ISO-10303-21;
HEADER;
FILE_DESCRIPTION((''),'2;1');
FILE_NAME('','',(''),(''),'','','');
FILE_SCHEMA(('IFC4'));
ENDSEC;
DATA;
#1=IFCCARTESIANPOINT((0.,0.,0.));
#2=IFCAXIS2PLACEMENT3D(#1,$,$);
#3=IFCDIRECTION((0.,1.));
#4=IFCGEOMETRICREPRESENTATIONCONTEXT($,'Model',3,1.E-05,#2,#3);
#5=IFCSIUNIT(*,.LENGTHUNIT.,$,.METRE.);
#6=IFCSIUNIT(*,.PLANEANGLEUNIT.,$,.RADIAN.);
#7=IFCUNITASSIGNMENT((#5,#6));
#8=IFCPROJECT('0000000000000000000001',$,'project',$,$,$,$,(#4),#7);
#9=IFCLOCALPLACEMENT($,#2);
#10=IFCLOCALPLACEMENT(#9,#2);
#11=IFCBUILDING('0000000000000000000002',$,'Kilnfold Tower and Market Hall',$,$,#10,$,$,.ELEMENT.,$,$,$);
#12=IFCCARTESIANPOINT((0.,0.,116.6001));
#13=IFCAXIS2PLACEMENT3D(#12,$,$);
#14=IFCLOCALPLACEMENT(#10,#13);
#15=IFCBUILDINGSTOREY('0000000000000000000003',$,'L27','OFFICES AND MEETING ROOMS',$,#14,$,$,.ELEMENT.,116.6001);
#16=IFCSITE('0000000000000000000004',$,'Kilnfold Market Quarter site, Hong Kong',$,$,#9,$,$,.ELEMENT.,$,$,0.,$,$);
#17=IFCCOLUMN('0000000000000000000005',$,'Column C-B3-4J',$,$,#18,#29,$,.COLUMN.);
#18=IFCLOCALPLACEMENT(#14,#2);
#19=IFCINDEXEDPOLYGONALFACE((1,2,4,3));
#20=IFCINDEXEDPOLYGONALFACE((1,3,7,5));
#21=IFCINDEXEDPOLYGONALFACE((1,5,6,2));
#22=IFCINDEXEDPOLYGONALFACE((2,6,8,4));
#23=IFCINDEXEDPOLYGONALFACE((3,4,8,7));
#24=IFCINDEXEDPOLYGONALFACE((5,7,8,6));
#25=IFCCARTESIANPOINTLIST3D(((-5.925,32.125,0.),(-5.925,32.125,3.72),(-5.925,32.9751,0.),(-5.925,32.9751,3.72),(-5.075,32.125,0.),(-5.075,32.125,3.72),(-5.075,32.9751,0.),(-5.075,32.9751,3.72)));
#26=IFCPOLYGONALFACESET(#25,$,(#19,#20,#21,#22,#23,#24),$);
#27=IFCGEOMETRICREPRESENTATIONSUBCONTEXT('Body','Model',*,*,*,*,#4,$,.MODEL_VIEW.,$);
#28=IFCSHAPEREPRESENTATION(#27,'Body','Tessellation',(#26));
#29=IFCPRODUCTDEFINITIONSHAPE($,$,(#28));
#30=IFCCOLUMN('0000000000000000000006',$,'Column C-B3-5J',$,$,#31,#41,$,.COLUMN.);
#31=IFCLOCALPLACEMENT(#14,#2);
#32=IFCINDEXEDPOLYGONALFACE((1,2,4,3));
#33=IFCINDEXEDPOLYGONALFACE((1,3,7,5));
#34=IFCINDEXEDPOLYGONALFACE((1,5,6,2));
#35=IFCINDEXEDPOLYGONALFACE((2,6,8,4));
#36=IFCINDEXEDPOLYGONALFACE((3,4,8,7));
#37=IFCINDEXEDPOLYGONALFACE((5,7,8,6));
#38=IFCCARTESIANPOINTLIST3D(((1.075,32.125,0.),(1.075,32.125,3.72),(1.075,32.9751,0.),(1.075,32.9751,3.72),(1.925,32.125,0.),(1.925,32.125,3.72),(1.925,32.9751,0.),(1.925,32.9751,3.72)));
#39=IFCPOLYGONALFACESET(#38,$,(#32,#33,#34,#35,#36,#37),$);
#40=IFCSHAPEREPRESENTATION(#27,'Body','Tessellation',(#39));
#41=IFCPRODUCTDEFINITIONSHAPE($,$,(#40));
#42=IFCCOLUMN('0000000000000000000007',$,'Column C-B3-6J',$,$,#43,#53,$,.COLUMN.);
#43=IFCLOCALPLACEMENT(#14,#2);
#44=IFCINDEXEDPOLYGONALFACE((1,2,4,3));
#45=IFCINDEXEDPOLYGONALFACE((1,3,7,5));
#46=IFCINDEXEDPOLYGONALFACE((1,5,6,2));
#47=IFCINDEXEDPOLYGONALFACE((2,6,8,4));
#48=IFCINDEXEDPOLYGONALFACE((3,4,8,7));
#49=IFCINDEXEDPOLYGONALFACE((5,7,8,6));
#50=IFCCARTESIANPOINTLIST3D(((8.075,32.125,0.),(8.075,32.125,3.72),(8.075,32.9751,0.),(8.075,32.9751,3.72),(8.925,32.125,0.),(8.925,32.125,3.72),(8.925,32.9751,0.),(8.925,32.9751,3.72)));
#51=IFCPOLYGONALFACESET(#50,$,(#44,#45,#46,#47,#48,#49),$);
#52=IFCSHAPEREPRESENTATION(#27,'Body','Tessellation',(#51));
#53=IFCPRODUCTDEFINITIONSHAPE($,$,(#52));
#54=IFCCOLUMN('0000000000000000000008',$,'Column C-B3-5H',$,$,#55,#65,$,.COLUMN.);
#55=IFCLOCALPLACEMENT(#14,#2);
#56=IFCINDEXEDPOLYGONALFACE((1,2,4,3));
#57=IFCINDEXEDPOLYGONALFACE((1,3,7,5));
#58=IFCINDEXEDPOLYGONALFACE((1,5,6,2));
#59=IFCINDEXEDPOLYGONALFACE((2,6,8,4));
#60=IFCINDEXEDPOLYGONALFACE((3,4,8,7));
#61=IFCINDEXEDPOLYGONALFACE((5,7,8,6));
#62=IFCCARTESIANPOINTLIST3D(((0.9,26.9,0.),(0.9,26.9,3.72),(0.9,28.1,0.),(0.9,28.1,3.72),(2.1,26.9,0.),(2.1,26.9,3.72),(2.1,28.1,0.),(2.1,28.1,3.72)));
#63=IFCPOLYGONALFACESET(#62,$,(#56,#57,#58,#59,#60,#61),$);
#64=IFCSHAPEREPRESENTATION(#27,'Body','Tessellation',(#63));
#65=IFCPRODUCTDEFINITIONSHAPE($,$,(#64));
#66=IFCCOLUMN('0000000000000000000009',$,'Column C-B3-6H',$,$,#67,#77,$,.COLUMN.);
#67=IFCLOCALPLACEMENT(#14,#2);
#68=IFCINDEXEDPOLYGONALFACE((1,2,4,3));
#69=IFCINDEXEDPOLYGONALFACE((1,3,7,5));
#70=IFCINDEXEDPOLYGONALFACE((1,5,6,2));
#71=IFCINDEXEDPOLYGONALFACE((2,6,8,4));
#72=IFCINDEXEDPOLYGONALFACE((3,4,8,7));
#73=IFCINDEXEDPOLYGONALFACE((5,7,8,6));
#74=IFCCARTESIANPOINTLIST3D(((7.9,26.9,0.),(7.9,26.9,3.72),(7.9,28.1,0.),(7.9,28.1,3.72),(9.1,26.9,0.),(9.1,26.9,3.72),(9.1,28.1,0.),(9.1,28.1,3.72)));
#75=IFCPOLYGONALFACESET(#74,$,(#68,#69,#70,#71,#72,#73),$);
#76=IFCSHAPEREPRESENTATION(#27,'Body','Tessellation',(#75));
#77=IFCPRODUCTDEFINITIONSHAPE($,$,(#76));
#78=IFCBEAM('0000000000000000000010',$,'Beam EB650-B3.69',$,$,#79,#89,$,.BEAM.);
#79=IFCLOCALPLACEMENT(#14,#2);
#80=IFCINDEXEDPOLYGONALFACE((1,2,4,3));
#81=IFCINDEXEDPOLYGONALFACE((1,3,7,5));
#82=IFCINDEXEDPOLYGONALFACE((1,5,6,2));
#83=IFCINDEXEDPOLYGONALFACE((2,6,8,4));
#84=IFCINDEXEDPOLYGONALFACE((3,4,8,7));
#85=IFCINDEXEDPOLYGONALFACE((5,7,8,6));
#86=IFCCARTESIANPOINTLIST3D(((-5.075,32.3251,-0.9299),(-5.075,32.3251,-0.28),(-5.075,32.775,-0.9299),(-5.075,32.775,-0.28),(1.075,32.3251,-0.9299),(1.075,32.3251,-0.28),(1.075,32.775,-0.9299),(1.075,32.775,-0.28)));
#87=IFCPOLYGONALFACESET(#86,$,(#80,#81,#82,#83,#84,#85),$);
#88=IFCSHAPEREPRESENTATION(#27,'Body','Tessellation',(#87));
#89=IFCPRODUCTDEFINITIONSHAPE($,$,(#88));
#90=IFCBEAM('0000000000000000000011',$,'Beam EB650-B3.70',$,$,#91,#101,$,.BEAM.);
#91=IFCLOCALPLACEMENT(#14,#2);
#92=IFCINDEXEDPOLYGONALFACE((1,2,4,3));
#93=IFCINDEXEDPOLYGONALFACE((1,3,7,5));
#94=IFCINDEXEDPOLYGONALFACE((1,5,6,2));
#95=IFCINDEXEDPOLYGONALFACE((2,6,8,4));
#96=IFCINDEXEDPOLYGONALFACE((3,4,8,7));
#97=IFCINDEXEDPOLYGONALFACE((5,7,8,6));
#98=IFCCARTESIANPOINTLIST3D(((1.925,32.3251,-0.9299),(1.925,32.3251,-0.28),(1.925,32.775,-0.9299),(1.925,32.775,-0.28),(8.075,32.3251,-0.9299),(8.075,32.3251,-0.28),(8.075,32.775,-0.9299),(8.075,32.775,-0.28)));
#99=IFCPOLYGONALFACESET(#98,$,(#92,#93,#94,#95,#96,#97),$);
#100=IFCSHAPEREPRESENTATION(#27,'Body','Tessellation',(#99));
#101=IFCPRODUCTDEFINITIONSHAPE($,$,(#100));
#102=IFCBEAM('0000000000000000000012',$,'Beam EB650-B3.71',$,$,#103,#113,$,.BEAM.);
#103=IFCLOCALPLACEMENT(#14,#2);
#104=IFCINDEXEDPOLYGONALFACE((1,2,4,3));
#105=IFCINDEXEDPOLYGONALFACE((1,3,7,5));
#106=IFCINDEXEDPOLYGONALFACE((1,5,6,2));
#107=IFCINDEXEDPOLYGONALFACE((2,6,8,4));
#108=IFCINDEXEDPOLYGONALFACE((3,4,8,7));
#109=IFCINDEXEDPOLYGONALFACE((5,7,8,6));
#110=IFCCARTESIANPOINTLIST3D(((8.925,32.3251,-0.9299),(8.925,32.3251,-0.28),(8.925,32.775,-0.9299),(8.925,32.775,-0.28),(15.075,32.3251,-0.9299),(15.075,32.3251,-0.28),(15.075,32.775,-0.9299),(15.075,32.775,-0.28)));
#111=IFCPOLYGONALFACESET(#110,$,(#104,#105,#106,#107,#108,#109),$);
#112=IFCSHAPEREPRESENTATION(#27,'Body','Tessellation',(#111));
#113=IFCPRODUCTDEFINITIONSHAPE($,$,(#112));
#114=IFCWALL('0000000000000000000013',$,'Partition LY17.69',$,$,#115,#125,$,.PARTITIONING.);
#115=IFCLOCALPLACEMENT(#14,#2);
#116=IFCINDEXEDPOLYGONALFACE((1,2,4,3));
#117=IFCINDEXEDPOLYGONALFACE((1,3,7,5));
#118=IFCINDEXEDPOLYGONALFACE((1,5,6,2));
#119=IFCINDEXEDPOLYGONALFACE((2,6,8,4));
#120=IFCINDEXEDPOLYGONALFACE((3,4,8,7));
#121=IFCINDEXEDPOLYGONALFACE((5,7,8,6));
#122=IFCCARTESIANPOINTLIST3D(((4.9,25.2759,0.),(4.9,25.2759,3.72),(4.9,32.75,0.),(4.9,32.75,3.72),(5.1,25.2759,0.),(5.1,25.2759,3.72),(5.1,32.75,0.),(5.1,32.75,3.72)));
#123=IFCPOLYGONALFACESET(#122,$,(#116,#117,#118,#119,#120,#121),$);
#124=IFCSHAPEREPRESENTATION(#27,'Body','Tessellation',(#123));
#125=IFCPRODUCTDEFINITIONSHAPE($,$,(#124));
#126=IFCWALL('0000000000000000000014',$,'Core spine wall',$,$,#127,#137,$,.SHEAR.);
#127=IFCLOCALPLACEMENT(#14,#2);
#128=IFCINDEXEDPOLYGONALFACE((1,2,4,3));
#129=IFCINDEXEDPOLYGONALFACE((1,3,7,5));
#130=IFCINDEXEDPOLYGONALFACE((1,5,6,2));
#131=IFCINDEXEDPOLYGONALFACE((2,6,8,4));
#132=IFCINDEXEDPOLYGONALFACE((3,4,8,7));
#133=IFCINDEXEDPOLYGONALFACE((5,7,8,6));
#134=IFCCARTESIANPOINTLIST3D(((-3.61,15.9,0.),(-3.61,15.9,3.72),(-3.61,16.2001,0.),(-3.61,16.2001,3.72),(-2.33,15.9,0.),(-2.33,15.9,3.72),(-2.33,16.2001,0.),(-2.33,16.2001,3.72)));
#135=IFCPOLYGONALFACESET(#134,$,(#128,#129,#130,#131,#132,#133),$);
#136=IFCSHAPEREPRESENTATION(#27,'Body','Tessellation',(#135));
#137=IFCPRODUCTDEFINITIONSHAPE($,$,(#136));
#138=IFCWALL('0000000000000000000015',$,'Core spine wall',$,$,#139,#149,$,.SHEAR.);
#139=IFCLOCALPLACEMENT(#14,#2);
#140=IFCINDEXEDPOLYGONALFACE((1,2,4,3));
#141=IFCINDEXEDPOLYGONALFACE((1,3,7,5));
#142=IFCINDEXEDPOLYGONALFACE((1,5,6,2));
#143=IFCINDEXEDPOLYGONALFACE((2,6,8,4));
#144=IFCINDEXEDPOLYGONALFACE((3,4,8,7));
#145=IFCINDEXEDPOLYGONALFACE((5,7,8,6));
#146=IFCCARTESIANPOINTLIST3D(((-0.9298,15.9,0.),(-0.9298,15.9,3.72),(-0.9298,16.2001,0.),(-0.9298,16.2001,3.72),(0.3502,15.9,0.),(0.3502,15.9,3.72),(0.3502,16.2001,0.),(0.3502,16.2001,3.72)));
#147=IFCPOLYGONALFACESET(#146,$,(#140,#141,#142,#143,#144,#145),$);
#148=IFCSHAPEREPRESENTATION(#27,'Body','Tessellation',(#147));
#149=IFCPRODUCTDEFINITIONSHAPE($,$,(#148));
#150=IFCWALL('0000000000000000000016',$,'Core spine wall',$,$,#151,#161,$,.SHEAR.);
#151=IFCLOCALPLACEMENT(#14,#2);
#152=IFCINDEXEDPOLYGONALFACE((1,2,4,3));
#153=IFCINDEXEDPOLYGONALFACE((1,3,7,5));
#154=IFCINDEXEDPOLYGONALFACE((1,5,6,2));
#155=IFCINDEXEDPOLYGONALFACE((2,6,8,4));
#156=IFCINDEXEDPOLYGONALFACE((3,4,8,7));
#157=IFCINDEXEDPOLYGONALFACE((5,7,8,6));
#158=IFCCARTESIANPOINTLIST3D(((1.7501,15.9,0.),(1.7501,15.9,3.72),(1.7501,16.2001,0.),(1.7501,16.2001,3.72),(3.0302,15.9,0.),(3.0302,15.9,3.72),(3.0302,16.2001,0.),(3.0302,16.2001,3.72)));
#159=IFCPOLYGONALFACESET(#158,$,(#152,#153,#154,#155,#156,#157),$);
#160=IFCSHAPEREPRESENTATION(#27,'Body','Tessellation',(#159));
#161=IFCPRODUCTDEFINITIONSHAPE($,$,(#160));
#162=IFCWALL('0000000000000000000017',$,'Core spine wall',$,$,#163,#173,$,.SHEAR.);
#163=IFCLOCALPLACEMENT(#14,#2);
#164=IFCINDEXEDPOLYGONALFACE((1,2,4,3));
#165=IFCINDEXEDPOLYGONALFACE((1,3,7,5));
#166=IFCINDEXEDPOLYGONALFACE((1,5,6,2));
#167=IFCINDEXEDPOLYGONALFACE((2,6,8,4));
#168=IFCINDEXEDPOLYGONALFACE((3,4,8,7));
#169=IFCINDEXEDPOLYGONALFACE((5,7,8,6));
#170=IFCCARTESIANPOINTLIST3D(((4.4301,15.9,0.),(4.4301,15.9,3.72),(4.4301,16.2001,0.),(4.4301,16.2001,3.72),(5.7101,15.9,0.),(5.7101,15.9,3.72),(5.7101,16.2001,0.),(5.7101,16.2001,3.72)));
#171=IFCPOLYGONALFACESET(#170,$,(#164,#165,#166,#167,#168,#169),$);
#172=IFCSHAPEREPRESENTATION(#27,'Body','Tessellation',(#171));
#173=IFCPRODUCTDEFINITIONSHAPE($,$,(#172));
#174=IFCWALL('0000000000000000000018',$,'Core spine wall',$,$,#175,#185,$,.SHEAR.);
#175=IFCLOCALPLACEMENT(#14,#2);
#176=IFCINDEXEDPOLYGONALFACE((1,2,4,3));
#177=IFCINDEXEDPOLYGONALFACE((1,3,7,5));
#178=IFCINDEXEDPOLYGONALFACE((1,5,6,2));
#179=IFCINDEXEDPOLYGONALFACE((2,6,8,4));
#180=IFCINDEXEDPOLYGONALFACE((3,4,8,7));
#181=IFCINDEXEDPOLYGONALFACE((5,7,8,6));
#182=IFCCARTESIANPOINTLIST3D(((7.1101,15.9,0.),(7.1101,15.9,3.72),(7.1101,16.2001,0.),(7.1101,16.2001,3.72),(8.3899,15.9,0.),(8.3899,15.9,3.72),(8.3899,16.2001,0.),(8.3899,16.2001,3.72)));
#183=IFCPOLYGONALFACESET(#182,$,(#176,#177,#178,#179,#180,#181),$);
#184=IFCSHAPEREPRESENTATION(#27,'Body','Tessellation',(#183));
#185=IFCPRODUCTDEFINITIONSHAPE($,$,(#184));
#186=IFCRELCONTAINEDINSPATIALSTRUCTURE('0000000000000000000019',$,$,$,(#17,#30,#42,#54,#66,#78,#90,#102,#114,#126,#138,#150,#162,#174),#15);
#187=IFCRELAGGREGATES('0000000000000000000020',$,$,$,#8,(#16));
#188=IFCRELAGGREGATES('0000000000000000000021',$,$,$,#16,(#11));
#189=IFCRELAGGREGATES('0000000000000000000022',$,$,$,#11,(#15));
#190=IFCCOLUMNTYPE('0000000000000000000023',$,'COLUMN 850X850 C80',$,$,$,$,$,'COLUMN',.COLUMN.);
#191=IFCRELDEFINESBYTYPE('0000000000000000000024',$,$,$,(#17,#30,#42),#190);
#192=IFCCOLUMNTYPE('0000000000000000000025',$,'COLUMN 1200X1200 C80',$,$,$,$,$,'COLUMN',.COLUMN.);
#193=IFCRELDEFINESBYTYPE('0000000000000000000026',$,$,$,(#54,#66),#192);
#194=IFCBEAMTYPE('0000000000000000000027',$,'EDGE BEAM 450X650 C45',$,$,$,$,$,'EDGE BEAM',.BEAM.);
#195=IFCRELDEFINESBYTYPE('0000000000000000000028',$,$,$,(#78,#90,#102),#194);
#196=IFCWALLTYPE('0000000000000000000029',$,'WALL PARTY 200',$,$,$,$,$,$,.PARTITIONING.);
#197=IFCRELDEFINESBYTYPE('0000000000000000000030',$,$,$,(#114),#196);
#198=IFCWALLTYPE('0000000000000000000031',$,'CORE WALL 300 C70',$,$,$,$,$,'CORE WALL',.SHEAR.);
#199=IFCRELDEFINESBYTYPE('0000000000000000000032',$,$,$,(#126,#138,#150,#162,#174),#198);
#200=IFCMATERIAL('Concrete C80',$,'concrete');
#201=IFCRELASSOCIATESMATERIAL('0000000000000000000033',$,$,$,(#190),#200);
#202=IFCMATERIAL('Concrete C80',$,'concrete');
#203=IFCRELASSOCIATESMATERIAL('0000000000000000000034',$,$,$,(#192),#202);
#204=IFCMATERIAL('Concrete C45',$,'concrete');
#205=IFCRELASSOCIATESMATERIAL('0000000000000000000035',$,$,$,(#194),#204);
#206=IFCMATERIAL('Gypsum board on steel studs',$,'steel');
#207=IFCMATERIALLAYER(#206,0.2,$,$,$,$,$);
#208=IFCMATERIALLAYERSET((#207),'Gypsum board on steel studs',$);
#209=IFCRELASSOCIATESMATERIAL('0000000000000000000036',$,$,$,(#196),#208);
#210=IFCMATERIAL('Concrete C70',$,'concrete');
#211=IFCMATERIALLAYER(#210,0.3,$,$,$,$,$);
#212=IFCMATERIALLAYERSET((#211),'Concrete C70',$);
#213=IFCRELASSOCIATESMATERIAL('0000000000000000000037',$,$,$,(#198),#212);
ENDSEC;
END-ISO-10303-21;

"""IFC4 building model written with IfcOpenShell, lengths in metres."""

from ifc_helpers import new_model, si_unit, direction, frame, frame_2d, origin, origin_2d, place, context, subcontext, project, spatial, rectangle, extrude, source, transform, mapped, material, layer, layer_set, material_profile, profile_set, type_object, element, save


model = new_model("IFC4")

# Units and contexts
model_context = context("Model", 3, precision=1e-05, world=origin(), true_north=direction((0.0, 1.0)))
body_context = subcontext(model_context, "Body", "Model", "MODEL_VIEW")
ifc_project = project(units=[si_unit("LENGTHUNIT", "METRE"), si_unit("PLANEANGLEUNIT", "RADIAN")], contexts=[model_context])

# Site, building, storey
site_placement = place(None, origin())
site = spatial("IfcSite", under=ifc_project, at=site_placement, Name="Kilnfold Market Quarter site, Hong Kong", CompositionType="ELEMENT", RefElevation=0.0)
building_placement = place(site_placement, origin())
building = spatial("IfcBuilding", under=site, at=building_placement, Name="Kilnfold Tower and Market Hall", CompositionType="ELEMENT")
storey_placement = place(building_placement, frame((0.0, 0.0, 116.6001)))
storey = spatial("IfcBuildingStorey", under=building, at=storey_placement, Name="L27", Description="OFFICES AND MEETING ROOMS", CompositionType="ELEMENT", Elevation=116.6001)

# Columns
ifc_material_1 = material(Name="Concrete C80", Category="concrete")
ifc_material_profile_1 = material_profile(ifc_material_1, rectangle(XDim=0.8501, YDim=0.8501, at=origin_2d()), Name="RC 850x850")
ifc_profile_set_1 = profile_set([ifc_material_profile_1], Name="Concrete C80")
column_type_1 = type_object("IfcColumnType", Name="COLUMN 850X850 C80", ElementType="COLUMN", PredefinedType="COLUMN", material=ifc_profile_set_1)
shared_shape_1 = source(origin(), body_context, "Body", "SweptSolid", [
    extrude(rectangle(XDim=0.8501, YDim=0.8501, at=origin_2d()), origin(), (0.0, 0.0, 1.0), 3.72),
])
for number, where, z_axis, x_axis, name in (
    (1, (-5.5, 32.55, 0.0), (0.0, 0.0, 1.0), (1.0, 0.0, 0.0), "Column C-B3-4J"),
    (2, (1.5, 32.55, 0.0), (0.0, 0.0, 1.0), (1.0, 0.0, 0.0), "Column C-B3-5J"),
    (3, (8.5, 32.55, 0.0), (0.0, 0.0, 1.0), (1.0, 0.0, 0.0), "Column C-B3-6J"),
):
    element("IfcColumn", number, at=place(storey_placement, frame(where, z_axis=z_axis, x_axis=x_axis)), inside=storey, type_object=column_type_1, Name=name, PredefinedType="COLUMN", context=body_context, shape_type="MappedRepresentation", body=[
        mapped(shared_shape_1, transform((0.0, 0.0, 0.0))),
    ])
ifc_material_2 = material(Name="Concrete C80", Category="concrete")
ifc_material_profile_2 = material_profile(ifc_material_2, rectangle(XDim=1.2, YDim=1.2, at=origin_2d()), Name="RC 1200x1200")
ifc_profile_set_2 = profile_set([ifc_material_profile_2], Name="Concrete C80")
column_type_2 = type_object("IfcColumnType", Name="COLUMN 1200X1200 C80", ElementType="COLUMN", PredefinedType="COLUMN", material=ifc_profile_set_2)
shared_shape_2 = source(origin(), body_context, "Body", "SweptSolid", [
    extrude(rectangle(XDim=1.2, YDim=1.2, at=origin_2d()), origin(), (0.0, 0.0, 1.0), 3.72),
])
for number, where, z_axis, x_axis, name in (
    (4, (1.5, 27.5, 0.0), (0.0, 0.0, 1.0), (1.0, 0.0, 0.0), "Column C-B3-5H"),
    (5, (8.5, 27.5, 0.0), (0.0, 0.0, 1.0), (1.0, 0.0, 0.0), "Column C-B3-6H"),
):
    element("IfcColumn", number, at=place(storey_placement, frame(where, z_axis=z_axis, x_axis=x_axis)), inside=storey, type_object=column_type_2, Name=name, PredefinedType="COLUMN", context=body_context, shape_type="MappedRepresentation", body=[
        mapped(shared_shape_2, transform((0.0, 0.0, 0.0))),
    ])

# Beams
ifc_material_3 = material(Name="Concrete C45", Category="concrete")
ifc_material_profile_3 = material_profile(ifc_material_3, rectangle(XDim=0.45, YDim=0.6499, at=origin_2d()), Name="RC 450x650")
ifc_profile_set_3 = profile_set([ifc_material_profile_3], Name="Concrete C45")
beam_type = type_object("IfcBeamType", Name="EDGE BEAM 450X650 C45", ElementType="EDGE BEAM", PredefinedType="BEAM", material=ifc_profile_set_3)
shared_shape_3 = source(origin(), body_context, "Body", "SweptSolid", [
    extrude(rectangle(XDim=0.45, YDim=0.6499, at=origin_2d()), origin(), (0.0, 0.0, 1.0), 6.1499),
])
for number, where, z_axis, x_axis, name in (
    (6, (-5.075, 32.55, -0.605), (1.0, 0.0, 0.0), (0.0, 1.0, 0.0), "Beam EB650-B3.69"),
    (7, (1.925, 32.55, -0.605), (1.0, 0.0, 0.0), (0.0, 1.0, 0.0), "Beam EB650-B3.70"),
    (8, (8.925, 32.55, -0.605), (1.0, 0.0, 0.0), (0.0, 1.0, 0.0), "Beam EB650-B3.71"),
):
    element("IfcBeam", number, at=place(storey_placement, frame(where, z_axis=z_axis, x_axis=x_axis)), inside=storey, type_object=beam_type, Name=name, PredefinedType="BEAM", context=body_context, shape_type="MappedRepresentation", body=[
        mapped(shared_shape_3, transform((0.0, 0.0, 0.0))),
    ])

# Walls
ifc_material_4 = material(Name="Gypsum board on steel studs", Category="steel")
ifc_layer_1 = layer(ifc_material_4, 0.2)
ifc_layer_set_1 = layer_set([ifc_layer_1], Name="Gypsum board on steel studs")
wall_type_1 = type_object("IfcWallType", Name="WALL PARTY 200", PredefinedType="PARTITIONING", material=ifc_layer_set_1)
wall_1_placement = place(storey_placement, frame((5.0, 25.2759, 0.0), z_axis=(0.0, 0.0, 1.0), x_axis=(0.0, 1.0, 0.0)))
element("IfcWall", 9, at=wall_1_placement, inside=storey, type_object=wall_type_1, Name="Partition LY17.69", PredefinedType="PARTITIONING", context=body_context, shape_type="SweptSolid", body=[
    extrude(rectangle(XDim=7.4741, YDim=0.2, at=frame_2d((3.7371, 0.0))), origin(), (0.0, 0.0, 1.0), 3.72),
])
ifc_material_5 = material(Name="Concrete C70", Category="concrete")
ifc_layer_2 = layer(ifc_material_5, 0.3)
ifc_layer_set_2 = layer_set([ifc_layer_2], Name="Concrete C70")
wall_type_2 = type_object("IfcWallType", Name="CORE WALL 300 C70", ElementType="CORE WALL", PredefinedType="SHEAR", material=ifc_layer_set_2)
shared_shape_4 = source(origin(), body_context, "Body", "SweptSolid", [
    extrude(rectangle(XDim=1.28, YDim=0.3, at=frame_2d((0.6401, 0.0))), origin(), (0.0, 0.0, 1.0), 3.72),
])
for number, where, z_axis, x_axis, name in (
    (10, (-3.6101, 16.05, 0.0), (0.0, 0.0, 1.0), (1.0, 0.0, 0.0), "Core spine wall"),
    (11, (-0.9299, 16.05, 0.0), (0.0, 0.0, 1.0), (1.0, 0.0, 0.0), "Core spine wall"),
    (12, (1.75, 16.05, 0.0), (0.0, 0.0, 1.0), (1.0, 0.0, 0.0), "Core spine wall"),
    (13, (4.4299, 16.05, 0.0), (0.0, 0.0, 1.0), (1.0, 0.0, 0.0), "Core spine wall"),
):
    element("IfcWall", number, at=place(storey_placement, frame(where, z_axis=z_axis, x_axis=x_axis)), inside=storey, type_object=wall_type_2, Name=name, PredefinedType="SHEAR", context=body_context, shape_type="MappedRepresentation", body=[
        mapped(shared_shape_4, transform((0.0, 0.0, 0.0))),
    ])
shared_shape_5 = source(origin(), body_context, "Body", "SweptSolid", [
    extrude(rectangle(XDim=1.2798, YDim=0.3, at=frame_2d((0.6399, 0.0))), origin(), (0.0, 0.0, 1.0), 3.72),
])
wall_2_placement = place(storey_placement, frame((7.1101, 16.05, 0.0), z_axis=(0.0, 0.0, 1.0), x_axis=(1.0, 0.0, 0.0)))
element("IfcWall", 14, at=wall_2_placement, inside=storey, type_object=wall_type_2, Name="Core spine wall", PredefinedType="SHEAR", context=body_context, shape_type="MappedRepresentation", body=[
    mapped(shared_shape_5, transform((0.0, 0.0, 0.0))),
])

save(model, "model.ifc")
